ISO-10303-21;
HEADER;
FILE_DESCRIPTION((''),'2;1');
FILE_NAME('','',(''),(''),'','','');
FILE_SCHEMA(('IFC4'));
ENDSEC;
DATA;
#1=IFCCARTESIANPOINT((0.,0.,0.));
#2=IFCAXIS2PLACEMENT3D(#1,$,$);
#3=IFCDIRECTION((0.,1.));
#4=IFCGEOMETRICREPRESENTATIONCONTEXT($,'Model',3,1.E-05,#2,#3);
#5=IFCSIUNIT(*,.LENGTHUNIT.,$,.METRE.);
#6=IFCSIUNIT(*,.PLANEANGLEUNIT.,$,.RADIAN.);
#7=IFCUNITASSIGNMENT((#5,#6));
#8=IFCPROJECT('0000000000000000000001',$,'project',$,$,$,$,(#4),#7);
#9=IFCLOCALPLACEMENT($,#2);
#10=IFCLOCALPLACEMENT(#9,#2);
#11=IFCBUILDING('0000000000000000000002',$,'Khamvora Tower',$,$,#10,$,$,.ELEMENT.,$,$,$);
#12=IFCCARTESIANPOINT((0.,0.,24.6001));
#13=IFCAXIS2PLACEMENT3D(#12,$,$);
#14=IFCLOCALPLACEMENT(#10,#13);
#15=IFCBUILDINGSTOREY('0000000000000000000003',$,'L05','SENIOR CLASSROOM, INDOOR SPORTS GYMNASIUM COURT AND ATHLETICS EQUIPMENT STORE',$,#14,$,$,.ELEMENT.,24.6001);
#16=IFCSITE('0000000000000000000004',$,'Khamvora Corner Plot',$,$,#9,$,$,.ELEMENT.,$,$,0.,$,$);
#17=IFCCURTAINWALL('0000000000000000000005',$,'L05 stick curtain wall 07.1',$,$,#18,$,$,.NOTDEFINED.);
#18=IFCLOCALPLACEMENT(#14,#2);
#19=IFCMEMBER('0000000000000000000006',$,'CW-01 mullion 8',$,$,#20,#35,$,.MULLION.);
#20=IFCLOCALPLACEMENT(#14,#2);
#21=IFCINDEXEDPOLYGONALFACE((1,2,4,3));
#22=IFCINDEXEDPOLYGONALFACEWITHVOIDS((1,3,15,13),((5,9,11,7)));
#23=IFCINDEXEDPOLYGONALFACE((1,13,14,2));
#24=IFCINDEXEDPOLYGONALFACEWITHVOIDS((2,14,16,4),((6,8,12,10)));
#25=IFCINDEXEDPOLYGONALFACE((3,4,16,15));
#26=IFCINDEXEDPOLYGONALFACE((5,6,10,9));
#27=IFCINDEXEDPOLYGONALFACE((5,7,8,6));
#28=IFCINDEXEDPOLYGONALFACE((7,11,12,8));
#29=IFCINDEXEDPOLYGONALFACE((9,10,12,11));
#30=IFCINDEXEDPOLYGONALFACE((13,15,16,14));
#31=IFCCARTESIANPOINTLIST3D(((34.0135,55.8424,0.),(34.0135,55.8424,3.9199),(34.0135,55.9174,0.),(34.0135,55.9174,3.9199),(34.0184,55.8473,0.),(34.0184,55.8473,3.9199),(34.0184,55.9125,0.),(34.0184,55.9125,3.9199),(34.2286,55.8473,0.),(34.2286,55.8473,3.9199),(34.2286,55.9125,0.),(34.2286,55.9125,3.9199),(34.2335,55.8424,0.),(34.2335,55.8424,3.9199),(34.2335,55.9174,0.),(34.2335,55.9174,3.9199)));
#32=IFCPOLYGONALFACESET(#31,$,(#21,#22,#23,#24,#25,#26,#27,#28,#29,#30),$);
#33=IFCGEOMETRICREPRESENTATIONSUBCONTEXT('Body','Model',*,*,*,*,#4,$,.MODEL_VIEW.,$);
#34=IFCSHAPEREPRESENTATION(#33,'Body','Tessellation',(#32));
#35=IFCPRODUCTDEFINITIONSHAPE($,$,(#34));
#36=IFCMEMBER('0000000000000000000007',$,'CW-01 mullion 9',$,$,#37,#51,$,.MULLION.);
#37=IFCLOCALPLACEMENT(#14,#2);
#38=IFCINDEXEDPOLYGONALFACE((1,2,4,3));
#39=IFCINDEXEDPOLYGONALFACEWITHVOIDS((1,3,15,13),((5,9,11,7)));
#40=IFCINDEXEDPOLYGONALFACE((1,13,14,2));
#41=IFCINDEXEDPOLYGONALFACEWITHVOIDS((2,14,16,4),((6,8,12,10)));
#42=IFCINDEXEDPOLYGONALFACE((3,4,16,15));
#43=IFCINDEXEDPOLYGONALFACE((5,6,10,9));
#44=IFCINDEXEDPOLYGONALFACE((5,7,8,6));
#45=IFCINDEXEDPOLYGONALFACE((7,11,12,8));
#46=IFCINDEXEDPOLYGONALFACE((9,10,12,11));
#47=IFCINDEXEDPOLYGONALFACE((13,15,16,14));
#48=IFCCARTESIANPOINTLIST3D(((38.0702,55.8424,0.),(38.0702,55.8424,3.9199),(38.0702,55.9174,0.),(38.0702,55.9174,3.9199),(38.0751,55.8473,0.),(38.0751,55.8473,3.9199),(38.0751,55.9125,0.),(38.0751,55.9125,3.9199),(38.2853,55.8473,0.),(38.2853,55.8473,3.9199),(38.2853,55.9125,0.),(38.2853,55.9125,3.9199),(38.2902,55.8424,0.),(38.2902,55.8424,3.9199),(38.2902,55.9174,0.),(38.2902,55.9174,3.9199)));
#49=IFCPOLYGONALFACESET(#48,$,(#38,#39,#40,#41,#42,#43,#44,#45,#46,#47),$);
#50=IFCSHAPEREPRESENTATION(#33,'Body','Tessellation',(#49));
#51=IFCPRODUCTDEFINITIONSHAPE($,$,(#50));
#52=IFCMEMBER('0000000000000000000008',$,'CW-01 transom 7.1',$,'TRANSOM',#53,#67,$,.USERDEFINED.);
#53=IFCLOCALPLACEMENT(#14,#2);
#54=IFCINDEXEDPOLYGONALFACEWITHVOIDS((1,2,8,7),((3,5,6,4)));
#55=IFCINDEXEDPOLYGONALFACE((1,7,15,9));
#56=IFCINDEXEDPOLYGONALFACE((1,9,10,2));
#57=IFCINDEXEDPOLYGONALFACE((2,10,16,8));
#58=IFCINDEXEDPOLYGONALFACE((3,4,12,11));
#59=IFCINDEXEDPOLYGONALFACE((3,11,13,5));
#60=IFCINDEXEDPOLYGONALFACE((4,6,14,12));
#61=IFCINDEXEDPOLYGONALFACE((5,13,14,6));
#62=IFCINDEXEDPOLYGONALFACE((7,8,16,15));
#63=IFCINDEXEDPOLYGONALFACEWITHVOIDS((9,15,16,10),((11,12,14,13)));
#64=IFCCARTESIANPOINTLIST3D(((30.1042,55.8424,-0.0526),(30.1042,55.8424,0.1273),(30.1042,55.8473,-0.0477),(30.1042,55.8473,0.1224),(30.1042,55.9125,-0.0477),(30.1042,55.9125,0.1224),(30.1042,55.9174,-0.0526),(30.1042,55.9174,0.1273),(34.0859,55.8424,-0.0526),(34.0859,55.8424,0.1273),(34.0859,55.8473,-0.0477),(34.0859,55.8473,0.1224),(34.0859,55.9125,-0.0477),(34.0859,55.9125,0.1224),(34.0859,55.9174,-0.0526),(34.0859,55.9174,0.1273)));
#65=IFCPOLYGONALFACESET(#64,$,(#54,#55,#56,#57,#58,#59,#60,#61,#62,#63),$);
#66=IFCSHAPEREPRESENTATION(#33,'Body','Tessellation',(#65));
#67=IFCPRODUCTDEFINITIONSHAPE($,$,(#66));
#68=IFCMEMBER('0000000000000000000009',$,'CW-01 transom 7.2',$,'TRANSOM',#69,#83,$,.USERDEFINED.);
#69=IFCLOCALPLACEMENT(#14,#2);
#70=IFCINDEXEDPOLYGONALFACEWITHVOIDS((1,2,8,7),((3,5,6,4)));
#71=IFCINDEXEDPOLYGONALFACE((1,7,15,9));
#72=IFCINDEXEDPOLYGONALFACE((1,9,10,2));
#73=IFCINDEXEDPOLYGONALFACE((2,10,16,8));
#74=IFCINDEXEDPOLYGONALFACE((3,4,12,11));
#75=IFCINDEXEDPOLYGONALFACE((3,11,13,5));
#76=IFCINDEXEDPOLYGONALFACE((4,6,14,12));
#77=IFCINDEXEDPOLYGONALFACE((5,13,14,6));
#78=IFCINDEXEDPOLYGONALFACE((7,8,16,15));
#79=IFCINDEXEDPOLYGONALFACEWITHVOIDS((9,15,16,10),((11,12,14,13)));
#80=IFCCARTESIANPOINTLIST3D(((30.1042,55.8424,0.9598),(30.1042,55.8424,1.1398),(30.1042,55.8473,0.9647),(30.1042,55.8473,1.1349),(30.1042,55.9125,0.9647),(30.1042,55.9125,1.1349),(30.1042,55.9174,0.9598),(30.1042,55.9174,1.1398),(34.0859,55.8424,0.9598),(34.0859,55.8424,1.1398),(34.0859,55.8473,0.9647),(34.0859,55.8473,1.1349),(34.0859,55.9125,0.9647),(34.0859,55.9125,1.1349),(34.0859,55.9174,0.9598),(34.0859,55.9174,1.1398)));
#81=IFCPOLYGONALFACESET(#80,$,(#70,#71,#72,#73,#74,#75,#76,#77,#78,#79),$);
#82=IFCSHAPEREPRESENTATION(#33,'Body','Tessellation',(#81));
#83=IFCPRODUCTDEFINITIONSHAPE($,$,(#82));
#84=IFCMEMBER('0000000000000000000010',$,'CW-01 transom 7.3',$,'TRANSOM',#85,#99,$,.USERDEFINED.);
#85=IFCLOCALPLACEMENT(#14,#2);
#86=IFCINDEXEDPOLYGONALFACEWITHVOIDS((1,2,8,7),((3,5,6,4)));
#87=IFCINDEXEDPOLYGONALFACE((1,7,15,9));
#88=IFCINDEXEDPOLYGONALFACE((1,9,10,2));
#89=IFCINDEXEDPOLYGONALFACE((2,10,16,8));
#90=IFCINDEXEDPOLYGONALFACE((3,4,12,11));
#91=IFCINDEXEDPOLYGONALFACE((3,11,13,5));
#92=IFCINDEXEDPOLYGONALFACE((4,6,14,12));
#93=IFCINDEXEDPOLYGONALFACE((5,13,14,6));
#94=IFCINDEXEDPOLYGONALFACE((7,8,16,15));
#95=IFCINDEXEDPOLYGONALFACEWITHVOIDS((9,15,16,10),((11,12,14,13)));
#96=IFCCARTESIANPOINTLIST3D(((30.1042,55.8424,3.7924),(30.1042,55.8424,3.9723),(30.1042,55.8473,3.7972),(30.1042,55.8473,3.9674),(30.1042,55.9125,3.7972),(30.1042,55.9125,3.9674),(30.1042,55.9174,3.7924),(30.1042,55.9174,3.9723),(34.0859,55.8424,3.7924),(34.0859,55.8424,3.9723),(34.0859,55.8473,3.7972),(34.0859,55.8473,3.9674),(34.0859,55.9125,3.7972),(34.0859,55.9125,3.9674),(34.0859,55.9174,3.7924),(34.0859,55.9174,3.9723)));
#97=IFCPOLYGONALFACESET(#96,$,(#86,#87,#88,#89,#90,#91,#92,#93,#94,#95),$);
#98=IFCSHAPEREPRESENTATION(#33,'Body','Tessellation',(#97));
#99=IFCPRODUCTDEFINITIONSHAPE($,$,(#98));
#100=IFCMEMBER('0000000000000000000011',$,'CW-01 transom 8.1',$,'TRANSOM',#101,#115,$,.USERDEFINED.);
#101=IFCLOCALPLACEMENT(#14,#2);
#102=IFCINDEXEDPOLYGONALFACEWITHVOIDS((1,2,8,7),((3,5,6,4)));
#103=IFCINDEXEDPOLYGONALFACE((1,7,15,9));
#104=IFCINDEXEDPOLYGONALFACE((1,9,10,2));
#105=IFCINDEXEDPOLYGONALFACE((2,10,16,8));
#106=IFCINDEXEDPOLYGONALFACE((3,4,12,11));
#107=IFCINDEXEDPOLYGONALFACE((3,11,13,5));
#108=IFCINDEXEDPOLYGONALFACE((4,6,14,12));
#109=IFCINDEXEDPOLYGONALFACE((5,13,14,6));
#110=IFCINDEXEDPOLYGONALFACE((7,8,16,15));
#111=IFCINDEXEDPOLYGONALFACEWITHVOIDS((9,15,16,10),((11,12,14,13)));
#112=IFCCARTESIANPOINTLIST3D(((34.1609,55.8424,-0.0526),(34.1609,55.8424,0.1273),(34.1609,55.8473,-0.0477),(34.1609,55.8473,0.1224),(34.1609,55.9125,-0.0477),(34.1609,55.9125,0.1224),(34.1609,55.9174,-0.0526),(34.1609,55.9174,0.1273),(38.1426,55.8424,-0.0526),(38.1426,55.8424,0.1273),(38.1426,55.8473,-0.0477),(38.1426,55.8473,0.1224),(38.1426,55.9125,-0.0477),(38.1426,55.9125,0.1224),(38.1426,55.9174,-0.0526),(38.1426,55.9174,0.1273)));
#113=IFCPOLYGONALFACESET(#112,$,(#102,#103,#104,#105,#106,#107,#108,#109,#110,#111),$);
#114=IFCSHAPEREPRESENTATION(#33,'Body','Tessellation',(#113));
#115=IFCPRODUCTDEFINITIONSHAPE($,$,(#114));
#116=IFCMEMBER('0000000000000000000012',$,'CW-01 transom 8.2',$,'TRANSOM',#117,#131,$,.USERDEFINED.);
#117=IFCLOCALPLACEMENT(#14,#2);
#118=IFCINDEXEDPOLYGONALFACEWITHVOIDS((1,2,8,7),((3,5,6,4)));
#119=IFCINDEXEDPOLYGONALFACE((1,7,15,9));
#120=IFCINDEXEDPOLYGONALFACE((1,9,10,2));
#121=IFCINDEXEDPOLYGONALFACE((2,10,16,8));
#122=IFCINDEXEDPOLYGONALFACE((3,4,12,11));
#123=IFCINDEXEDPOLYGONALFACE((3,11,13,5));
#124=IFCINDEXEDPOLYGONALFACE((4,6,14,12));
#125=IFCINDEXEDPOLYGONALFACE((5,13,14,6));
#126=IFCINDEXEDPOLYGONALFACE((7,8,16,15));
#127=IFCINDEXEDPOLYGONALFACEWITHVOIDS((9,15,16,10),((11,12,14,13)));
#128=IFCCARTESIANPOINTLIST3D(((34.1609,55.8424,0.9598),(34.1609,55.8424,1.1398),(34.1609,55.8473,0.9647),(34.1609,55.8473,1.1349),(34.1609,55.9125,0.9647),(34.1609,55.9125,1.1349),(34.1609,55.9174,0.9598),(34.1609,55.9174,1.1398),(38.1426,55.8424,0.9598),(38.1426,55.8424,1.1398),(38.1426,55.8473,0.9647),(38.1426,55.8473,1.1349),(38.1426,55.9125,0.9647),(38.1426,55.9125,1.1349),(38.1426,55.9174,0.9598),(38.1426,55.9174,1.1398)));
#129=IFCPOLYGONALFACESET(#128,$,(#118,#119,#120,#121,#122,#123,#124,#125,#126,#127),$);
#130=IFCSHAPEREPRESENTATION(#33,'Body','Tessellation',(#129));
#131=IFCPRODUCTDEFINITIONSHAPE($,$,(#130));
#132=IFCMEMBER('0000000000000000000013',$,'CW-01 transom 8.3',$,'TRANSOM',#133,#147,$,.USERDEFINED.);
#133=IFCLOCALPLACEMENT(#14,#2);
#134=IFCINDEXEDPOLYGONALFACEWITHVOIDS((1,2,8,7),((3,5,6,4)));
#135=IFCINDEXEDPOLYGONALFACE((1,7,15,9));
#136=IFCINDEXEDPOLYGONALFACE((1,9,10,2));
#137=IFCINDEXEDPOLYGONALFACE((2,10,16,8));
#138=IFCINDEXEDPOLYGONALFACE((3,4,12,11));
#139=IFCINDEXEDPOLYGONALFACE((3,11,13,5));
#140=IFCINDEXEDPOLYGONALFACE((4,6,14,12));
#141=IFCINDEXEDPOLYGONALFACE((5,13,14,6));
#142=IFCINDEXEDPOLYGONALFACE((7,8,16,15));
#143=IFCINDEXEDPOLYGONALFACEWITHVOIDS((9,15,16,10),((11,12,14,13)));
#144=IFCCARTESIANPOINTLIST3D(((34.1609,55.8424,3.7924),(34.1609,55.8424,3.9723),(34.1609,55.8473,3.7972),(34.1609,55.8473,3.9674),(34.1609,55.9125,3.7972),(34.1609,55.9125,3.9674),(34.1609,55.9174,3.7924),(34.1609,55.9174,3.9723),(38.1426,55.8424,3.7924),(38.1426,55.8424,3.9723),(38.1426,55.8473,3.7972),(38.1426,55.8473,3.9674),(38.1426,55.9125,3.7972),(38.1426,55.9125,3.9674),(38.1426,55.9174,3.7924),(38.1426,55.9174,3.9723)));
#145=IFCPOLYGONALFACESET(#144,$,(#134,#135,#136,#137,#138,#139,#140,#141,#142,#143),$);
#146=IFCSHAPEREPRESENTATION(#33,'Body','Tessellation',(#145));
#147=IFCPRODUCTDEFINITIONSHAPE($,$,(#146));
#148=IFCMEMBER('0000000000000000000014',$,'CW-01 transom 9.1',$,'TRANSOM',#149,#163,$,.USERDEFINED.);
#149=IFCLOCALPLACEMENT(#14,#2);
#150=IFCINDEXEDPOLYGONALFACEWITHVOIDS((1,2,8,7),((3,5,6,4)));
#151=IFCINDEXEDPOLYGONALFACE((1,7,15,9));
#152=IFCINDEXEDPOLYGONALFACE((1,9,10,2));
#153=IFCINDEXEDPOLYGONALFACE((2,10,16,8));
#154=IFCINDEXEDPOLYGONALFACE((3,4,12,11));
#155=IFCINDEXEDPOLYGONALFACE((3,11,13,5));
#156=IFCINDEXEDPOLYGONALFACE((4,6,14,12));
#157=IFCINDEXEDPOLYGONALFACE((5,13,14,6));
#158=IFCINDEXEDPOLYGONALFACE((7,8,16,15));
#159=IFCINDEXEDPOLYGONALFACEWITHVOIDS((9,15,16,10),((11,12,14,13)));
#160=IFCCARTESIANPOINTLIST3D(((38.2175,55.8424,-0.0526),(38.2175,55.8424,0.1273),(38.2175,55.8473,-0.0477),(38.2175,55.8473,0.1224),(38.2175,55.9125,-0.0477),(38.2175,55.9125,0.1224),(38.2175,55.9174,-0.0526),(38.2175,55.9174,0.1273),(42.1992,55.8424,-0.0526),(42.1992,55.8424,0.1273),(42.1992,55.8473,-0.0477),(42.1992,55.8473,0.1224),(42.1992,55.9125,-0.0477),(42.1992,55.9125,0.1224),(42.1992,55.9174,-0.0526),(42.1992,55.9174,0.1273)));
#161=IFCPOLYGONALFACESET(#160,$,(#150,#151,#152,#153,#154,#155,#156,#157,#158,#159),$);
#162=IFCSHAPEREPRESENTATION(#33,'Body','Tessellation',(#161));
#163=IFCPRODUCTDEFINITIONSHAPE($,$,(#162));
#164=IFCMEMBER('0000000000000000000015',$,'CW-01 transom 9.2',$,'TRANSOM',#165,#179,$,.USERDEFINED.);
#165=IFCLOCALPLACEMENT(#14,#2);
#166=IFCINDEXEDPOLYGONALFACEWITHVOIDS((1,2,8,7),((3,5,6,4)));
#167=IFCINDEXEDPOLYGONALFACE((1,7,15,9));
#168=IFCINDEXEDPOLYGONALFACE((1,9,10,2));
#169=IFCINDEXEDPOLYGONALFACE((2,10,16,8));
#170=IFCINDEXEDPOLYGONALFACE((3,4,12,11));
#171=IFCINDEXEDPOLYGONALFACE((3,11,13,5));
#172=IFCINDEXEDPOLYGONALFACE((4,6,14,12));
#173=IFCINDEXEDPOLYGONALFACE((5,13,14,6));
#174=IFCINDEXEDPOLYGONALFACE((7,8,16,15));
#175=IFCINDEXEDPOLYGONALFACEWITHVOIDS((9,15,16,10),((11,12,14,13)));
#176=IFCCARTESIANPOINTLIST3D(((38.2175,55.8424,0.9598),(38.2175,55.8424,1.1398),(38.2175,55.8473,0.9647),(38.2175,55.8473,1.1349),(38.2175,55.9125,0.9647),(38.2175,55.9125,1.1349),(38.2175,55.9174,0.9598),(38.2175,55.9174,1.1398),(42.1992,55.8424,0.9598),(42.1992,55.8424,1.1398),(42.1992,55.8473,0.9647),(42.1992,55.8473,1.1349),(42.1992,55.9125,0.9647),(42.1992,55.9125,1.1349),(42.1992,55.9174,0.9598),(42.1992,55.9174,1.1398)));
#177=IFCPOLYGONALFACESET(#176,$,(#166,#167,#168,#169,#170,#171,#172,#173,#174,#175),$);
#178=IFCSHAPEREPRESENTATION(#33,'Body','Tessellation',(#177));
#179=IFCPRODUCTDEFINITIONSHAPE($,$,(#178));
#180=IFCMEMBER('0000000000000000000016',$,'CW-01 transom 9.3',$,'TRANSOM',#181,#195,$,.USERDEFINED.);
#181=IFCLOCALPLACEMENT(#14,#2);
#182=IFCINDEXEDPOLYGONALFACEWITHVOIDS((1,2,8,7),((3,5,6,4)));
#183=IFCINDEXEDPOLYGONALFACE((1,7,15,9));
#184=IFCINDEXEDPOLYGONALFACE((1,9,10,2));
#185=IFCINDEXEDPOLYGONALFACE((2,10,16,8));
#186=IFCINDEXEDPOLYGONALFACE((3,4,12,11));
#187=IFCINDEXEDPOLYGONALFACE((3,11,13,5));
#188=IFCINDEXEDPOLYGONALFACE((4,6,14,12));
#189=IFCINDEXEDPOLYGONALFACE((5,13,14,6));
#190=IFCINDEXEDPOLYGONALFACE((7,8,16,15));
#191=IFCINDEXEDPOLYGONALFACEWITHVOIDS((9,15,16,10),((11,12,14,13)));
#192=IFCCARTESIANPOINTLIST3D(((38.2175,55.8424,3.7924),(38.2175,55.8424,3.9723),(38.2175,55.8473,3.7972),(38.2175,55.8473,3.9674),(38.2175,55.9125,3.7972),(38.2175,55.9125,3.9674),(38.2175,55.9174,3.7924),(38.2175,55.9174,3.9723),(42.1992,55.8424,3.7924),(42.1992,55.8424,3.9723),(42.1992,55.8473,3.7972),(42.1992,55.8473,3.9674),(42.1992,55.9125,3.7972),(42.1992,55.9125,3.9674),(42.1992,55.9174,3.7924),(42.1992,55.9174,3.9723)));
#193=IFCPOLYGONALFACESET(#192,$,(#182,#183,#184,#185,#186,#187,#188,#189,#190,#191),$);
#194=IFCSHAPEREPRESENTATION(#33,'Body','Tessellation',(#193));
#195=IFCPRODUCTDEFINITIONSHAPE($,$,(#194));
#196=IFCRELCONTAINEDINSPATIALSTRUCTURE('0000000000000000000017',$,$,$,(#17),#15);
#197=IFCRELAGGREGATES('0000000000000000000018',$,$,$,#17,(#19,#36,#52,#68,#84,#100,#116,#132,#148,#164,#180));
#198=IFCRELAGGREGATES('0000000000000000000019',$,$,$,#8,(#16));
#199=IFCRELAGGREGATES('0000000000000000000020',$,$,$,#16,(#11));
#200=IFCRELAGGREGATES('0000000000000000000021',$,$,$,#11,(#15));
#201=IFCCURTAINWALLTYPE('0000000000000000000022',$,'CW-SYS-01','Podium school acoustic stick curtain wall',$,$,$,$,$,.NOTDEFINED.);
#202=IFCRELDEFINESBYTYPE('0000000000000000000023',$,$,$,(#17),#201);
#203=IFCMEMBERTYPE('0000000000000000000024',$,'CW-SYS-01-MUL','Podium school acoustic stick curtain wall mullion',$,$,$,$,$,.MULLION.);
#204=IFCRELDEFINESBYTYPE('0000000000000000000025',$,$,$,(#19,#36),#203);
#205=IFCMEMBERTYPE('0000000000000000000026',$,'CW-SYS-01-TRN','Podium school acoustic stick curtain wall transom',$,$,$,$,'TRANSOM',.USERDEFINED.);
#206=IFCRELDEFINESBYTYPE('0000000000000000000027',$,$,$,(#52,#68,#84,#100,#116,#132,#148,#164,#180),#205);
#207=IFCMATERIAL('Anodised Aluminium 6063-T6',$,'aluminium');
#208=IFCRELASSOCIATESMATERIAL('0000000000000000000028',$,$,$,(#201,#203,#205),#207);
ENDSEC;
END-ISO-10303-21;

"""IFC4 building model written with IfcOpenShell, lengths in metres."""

from ifc_helpers import new_model, si_unit, direction, frame, origin, origin_2d, place, context, subcontext, project, spatial, hollow_rectangle, extrude, material, material_profile, profile_set, type_object, element, aggregate, save


model = new_model("IFC4")

# Units and contexts
model_context = context("Model", 3, precision=1e-05, world=origin(), true_north=direction((0.0, 1.0)))
body_context = subcontext(model_context, "Body", "Model", "MODEL_VIEW")
ifc_project = project(units=[si_unit("LENGTHUNIT", "METRE"), si_unit("PLANEANGLEUNIT", "RADIAN")], contexts=[model_context])

# Site, building, storey
site_placement = place(None, origin())
site = spatial("IfcSite", under=ifc_project, at=site_placement, Name="Khamvora Corner Plot", CompositionType="ELEMENT", RefElevation=0.0)
building_placement = place(site_placement, origin())
building = spatial("IfcBuilding", under=site, at=building_placement, Name="Khamvora Tower", CompositionType="ELEMENT")
storey_placement = place(building_placement, frame((0.0, 0.0, 24.6001)))
storey = spatial("IfcBuildingStorey", under=building, at=storey_placement, Name="L05", Description="SENIOR CLASSROOM, INDOOR SPORTS GYMNASIUM COURT AND ATHLETICS EQUIPMENT STORE", CompositionType="ELEMENT", Elevation=24.6001)

# Curtain wall, members
ifc_material_1 = material(Name="Anodised Aluminium 6063-T6", Category="aluminium")
curtain_wall_type = type_object("IfcCurtainWallType", Name="CW-SYS-01", Description="Podium school acoustic stick curtain wall", PredefinedType="NOTDEFINED", material=ifc_material_1)
curtain_wall_placement = place(storey_placement, origin())
curtain_wall = element("IfcCurtainWall", 1, at=curtain_wall_placement, inside=storey, type_object=curtain_wall_type, Name="L05 stick curtain wall 07.1", PredefinedType="NOTDEFINED")
ifc_material_profile_1 = material_profile(ifc_material_1, hollow_rectangle(XDim=0.075, YDim=0.22, WallThickness=0.0049, at=origin_2d()), Name="MUL75x220x5")
ifc_profile_set_1 = profile_set([ifc_material_profile_1], Name="Anodised Aluminium 6063-T6")
member_type_1 = type_object("IfcMemberType", Name="CW-SYS-01-MUL", Description="Podium school acoustic stick curtain wall mullion", PredefinedType="MULLION", material=ifc_profile_set_1)
member_1_placement = place(storey_placement, frame((34.1235, 55.8799, 0.0), z_axis=(0.0, 0.0, 1.0), x_axis=(0.0, 1.0, 0.0)))
member_1 = element("IfcMember", 2, at=member_1_placement, type_object=member_type_1, Name="CW-01 mullion 8", PredefinedType="MULLION", context=body_context, shape_type="SweptSolid", body=[
    extrude(hollow_rectangle(XDim=0.075, YDim=0.22, WallThickness=0.0049, at=origin_2d()), origin(), (0.0, 0.0, 1.0), 3.9199),
])
member_2_placement = place(storey_placement, frame((38.1802, 55.8799, 0.0), z_axis=(0.0, 0.0, 1.0), x_axis=(0.0, 1.0, 0.0)))
member_2 = element("IfcMember", 3, at=member_2_placement, type_object=member_type_1, Name="CW-01 mullion 9", PredefinedType="MULLION", context=body_context, shape_type="SweptSolid", body=[
    extrude(hollow_rectangle(XDim=0.075, YDim=0.22, WallThickness=0.0049, at=origin_2d()), origin(), (0.0, 0.0, 1.0), 3.9199),
])
ifc_material_profile_2 = material_profile(ifc_material_1, hollow_rectangle(XDim=0.075, YDim=0.1799, WallThickness=0.0049, at=origin_2d()), Name="TRN75x180x5")
ifc_profile_set_2 = profile_set([ifc_material_profile_2], Name="Anodised Aluminium 6063-T6")
member_type_2 = type_object("IfcMemberType", Name="CW-SYS-01-TRN", Description="Podium school acoustic stick curtain wall transom", ElementType="TRANSOM", PredefinedType="USERDEFINED", material=ifc_profile_set_2)
member_3_placement = place(storey_placement, frame((30.1042, 55.8799, 0.0374), z_axis=(1.0, 0.0, 0.0), x_axis=(0.0, 1.0, 0.0)))
member_3 = element("IfcMember", 4, at=member_3_placement, type_object=member_type_2, Name="CW-01 transom 7.1", ObjectType="TRANSOM", PredefinedType="USERDEFINED", context=body_context, shape_type="SweptSolid", body=[
    extrude(hollow_rectangle(XDim=0.075, YDim=0.1799, WallThickness=0.0049, at=origin_2d()), origin(), (0.0, 0.0, 1.0), 3.9817),
])
member_4_placement = place(storey_placement, frame((30.1042, 55.8799, 1.0498), z_axis=(1.0, 0.0, 0.0), x_axis=(0.0, 1.0, 0.0)))
member_4 = element("IfcMember", 5, at=member_4_placement, type_object=member_type_2, Name="CW-01 transom 7.2", ObjectType="TRANSOM", PredefinedType="USERDEFINED", context=body_context, shape_type="SweptSolid", body=[
    extrude(hollow_rectangle(XDim=0.075, YDim=0.1799, WallThickness=0.0049, at=origin_2d()), origin(), (0.0, 0.0, 1.0), 3.9817),
])
member_5_placement = place(storey_placement, frame((30.1042, 55.8799, 3.8823), z_axis=(1.0, 0.0, 0.0), x_axis=(0.0, 1.0, 0.0)))
member_5 = element("IfcMember", 6, at=member_5_placement, type_object=member_type_2, Name="CW-01 transom 7.3", ObjectType="TRANSOM", PredefinedType="USERDEFINED", context=body_context, shape_type="SweptSolid", body=[
    extrude(hollow_rectangle(XDim=0.075, YDim=0.1799, WallThickness=0.0049, at=origin_2d()), origin(), (0.0, 0.0, 1.0), 3.9817),
])
member_6_placement = place(storey_placement, frame((34.1609, 55.8799, 0.0374), z_axis=(1.0, 0.0, 0.0), x_axis=(0.0, 1.0, 0.0)))
member_6 = element("IfcMember", 7, at=member_6_placement, type_object=member_type_2, Name="CW-01 transom 8.1", ObjectType="TRANSOM", PredefinedType="USERDEFINED", context=body_context, shape_type="SweptSolid", body=[
    extrude(hollow_rectangle(XDim=0.075, YDim=0.1799, WallThickness=0.0049, at=origin_2d()), origin(), (0.0, 0.0, 1.0), 3.9817),
])
member_7_placement = place(storey_placement, frame((34.1609, 55.8799, 1.0498), z_axis=(1.0, 0.0, 0.0), x_axis=(0.0, 1.0, 0.0)))
member_7 = element("IfcMember", 8, at=member_7_placement, type_object=member_type_2, Name="CW-01 transom 8.2", ObjectType="TRANSOM", PredefinedType="USERDEFINED", context=body_context, shape_type="SweptSolid", body=[
    extrude(hollow_rectangle(XDim=0.075, YDim=0.1799, WallThickness=0.0049, at=origin_2d()), origin(), (0.0, 0.0, 1.0), 3.9817),
])
member_8_placement = place(storey_placement, frame((34.1609, 55.8799, 3.8823), z_axis=(1.0, 0.0, 0.0), x_axis=(0.0, 1.0, 0.0)))
member_8 = element("IfcMember", 9, at=member_8_placement, type_object=member_type_2, Name="CW-01 transom 8.3", ObjectType="TRANSOM", PredefinedType="USERDEFINED", context=body_context, shape_type="SweptSolid", body=[
    extrude(hollow_rectangle(XDim=0.075, YDim=0.1799, WallThickness=0.0049, at=origin_2d()), origin(), (0.0, 0.0, 1.0), 3.9817),
])
member_9_placement = place(storey_placement, frame((38.2175, 55.8799, 0.0374), z_axis=(1.0, 0.0, 0.0), x_axis=(0.0, 1.0, 0.0)))
member_9 = element("IfcMember", 10, at=member_9_placement, type_object=member_type_2, Name="CW-01 transom 9.1", ObjectType="TRANSOM", PredefinedType="USERDEFINED", context=body_context, shape_type="SweptSolid", body=[
    extrude(hollow_rectangle(XDim=0.075, YDim=0.1799, WallThickness=0.0049, at=origin_2d()), origin(), (0.0, 0.0, 1.0), 3.9817),
])
member_10_placement = place(storey_placement, frame((38.2175, 55.8799, 1.0498), z_axis=(1.0, 0.0, 0.0), x_axis=(0.0, 1.0, 0.0)))
member_10 = element("IfcMember", 11, at=member_10_placement, type_object=member_type_2, Name="CW-01 transom 9.2", ObjectType="TRANSOM", PredefinedType="USERDEFINED", context=body_context, shape_type="SweptSolid", body=[
    extrude(hollow_rectangle(XDim=0.075, YDim=0.1799, WallThickness=0.0049, at=origin_2d()), origin(), (0.0, 0.0, 1.0), 3.9817),
])
member_11_placement = place(storey_placement, frame((38.2175, 55.8799, 3.8823), z_axis=(1.0, 0.0, 0.0), x_axis=(0.0, 1.0, 0.0)))
member_11 = element("IfcMember", 12, at=member_11_placement, type_object=member_type_2, Name="CW-01 transom 9.3", ObjectType="TRANSOM", PredefinedType="USERDEFINED", context=body_context, shape_type="SweptSolid", body=[
    extrude(hollow_rectangle(XDim=0.075, YDim=0.1799, WallThickness=0.0049, at=origin_2d()), origin(), (0.0, 0.0, 1.0), 3.9817),
])
aggregate(curtain_wall, [member_1, member_2, member_3, member_4, member_5, member_6, member_7, member_8, member_9, member_10, member_11])

save(model, "model.ifc")
